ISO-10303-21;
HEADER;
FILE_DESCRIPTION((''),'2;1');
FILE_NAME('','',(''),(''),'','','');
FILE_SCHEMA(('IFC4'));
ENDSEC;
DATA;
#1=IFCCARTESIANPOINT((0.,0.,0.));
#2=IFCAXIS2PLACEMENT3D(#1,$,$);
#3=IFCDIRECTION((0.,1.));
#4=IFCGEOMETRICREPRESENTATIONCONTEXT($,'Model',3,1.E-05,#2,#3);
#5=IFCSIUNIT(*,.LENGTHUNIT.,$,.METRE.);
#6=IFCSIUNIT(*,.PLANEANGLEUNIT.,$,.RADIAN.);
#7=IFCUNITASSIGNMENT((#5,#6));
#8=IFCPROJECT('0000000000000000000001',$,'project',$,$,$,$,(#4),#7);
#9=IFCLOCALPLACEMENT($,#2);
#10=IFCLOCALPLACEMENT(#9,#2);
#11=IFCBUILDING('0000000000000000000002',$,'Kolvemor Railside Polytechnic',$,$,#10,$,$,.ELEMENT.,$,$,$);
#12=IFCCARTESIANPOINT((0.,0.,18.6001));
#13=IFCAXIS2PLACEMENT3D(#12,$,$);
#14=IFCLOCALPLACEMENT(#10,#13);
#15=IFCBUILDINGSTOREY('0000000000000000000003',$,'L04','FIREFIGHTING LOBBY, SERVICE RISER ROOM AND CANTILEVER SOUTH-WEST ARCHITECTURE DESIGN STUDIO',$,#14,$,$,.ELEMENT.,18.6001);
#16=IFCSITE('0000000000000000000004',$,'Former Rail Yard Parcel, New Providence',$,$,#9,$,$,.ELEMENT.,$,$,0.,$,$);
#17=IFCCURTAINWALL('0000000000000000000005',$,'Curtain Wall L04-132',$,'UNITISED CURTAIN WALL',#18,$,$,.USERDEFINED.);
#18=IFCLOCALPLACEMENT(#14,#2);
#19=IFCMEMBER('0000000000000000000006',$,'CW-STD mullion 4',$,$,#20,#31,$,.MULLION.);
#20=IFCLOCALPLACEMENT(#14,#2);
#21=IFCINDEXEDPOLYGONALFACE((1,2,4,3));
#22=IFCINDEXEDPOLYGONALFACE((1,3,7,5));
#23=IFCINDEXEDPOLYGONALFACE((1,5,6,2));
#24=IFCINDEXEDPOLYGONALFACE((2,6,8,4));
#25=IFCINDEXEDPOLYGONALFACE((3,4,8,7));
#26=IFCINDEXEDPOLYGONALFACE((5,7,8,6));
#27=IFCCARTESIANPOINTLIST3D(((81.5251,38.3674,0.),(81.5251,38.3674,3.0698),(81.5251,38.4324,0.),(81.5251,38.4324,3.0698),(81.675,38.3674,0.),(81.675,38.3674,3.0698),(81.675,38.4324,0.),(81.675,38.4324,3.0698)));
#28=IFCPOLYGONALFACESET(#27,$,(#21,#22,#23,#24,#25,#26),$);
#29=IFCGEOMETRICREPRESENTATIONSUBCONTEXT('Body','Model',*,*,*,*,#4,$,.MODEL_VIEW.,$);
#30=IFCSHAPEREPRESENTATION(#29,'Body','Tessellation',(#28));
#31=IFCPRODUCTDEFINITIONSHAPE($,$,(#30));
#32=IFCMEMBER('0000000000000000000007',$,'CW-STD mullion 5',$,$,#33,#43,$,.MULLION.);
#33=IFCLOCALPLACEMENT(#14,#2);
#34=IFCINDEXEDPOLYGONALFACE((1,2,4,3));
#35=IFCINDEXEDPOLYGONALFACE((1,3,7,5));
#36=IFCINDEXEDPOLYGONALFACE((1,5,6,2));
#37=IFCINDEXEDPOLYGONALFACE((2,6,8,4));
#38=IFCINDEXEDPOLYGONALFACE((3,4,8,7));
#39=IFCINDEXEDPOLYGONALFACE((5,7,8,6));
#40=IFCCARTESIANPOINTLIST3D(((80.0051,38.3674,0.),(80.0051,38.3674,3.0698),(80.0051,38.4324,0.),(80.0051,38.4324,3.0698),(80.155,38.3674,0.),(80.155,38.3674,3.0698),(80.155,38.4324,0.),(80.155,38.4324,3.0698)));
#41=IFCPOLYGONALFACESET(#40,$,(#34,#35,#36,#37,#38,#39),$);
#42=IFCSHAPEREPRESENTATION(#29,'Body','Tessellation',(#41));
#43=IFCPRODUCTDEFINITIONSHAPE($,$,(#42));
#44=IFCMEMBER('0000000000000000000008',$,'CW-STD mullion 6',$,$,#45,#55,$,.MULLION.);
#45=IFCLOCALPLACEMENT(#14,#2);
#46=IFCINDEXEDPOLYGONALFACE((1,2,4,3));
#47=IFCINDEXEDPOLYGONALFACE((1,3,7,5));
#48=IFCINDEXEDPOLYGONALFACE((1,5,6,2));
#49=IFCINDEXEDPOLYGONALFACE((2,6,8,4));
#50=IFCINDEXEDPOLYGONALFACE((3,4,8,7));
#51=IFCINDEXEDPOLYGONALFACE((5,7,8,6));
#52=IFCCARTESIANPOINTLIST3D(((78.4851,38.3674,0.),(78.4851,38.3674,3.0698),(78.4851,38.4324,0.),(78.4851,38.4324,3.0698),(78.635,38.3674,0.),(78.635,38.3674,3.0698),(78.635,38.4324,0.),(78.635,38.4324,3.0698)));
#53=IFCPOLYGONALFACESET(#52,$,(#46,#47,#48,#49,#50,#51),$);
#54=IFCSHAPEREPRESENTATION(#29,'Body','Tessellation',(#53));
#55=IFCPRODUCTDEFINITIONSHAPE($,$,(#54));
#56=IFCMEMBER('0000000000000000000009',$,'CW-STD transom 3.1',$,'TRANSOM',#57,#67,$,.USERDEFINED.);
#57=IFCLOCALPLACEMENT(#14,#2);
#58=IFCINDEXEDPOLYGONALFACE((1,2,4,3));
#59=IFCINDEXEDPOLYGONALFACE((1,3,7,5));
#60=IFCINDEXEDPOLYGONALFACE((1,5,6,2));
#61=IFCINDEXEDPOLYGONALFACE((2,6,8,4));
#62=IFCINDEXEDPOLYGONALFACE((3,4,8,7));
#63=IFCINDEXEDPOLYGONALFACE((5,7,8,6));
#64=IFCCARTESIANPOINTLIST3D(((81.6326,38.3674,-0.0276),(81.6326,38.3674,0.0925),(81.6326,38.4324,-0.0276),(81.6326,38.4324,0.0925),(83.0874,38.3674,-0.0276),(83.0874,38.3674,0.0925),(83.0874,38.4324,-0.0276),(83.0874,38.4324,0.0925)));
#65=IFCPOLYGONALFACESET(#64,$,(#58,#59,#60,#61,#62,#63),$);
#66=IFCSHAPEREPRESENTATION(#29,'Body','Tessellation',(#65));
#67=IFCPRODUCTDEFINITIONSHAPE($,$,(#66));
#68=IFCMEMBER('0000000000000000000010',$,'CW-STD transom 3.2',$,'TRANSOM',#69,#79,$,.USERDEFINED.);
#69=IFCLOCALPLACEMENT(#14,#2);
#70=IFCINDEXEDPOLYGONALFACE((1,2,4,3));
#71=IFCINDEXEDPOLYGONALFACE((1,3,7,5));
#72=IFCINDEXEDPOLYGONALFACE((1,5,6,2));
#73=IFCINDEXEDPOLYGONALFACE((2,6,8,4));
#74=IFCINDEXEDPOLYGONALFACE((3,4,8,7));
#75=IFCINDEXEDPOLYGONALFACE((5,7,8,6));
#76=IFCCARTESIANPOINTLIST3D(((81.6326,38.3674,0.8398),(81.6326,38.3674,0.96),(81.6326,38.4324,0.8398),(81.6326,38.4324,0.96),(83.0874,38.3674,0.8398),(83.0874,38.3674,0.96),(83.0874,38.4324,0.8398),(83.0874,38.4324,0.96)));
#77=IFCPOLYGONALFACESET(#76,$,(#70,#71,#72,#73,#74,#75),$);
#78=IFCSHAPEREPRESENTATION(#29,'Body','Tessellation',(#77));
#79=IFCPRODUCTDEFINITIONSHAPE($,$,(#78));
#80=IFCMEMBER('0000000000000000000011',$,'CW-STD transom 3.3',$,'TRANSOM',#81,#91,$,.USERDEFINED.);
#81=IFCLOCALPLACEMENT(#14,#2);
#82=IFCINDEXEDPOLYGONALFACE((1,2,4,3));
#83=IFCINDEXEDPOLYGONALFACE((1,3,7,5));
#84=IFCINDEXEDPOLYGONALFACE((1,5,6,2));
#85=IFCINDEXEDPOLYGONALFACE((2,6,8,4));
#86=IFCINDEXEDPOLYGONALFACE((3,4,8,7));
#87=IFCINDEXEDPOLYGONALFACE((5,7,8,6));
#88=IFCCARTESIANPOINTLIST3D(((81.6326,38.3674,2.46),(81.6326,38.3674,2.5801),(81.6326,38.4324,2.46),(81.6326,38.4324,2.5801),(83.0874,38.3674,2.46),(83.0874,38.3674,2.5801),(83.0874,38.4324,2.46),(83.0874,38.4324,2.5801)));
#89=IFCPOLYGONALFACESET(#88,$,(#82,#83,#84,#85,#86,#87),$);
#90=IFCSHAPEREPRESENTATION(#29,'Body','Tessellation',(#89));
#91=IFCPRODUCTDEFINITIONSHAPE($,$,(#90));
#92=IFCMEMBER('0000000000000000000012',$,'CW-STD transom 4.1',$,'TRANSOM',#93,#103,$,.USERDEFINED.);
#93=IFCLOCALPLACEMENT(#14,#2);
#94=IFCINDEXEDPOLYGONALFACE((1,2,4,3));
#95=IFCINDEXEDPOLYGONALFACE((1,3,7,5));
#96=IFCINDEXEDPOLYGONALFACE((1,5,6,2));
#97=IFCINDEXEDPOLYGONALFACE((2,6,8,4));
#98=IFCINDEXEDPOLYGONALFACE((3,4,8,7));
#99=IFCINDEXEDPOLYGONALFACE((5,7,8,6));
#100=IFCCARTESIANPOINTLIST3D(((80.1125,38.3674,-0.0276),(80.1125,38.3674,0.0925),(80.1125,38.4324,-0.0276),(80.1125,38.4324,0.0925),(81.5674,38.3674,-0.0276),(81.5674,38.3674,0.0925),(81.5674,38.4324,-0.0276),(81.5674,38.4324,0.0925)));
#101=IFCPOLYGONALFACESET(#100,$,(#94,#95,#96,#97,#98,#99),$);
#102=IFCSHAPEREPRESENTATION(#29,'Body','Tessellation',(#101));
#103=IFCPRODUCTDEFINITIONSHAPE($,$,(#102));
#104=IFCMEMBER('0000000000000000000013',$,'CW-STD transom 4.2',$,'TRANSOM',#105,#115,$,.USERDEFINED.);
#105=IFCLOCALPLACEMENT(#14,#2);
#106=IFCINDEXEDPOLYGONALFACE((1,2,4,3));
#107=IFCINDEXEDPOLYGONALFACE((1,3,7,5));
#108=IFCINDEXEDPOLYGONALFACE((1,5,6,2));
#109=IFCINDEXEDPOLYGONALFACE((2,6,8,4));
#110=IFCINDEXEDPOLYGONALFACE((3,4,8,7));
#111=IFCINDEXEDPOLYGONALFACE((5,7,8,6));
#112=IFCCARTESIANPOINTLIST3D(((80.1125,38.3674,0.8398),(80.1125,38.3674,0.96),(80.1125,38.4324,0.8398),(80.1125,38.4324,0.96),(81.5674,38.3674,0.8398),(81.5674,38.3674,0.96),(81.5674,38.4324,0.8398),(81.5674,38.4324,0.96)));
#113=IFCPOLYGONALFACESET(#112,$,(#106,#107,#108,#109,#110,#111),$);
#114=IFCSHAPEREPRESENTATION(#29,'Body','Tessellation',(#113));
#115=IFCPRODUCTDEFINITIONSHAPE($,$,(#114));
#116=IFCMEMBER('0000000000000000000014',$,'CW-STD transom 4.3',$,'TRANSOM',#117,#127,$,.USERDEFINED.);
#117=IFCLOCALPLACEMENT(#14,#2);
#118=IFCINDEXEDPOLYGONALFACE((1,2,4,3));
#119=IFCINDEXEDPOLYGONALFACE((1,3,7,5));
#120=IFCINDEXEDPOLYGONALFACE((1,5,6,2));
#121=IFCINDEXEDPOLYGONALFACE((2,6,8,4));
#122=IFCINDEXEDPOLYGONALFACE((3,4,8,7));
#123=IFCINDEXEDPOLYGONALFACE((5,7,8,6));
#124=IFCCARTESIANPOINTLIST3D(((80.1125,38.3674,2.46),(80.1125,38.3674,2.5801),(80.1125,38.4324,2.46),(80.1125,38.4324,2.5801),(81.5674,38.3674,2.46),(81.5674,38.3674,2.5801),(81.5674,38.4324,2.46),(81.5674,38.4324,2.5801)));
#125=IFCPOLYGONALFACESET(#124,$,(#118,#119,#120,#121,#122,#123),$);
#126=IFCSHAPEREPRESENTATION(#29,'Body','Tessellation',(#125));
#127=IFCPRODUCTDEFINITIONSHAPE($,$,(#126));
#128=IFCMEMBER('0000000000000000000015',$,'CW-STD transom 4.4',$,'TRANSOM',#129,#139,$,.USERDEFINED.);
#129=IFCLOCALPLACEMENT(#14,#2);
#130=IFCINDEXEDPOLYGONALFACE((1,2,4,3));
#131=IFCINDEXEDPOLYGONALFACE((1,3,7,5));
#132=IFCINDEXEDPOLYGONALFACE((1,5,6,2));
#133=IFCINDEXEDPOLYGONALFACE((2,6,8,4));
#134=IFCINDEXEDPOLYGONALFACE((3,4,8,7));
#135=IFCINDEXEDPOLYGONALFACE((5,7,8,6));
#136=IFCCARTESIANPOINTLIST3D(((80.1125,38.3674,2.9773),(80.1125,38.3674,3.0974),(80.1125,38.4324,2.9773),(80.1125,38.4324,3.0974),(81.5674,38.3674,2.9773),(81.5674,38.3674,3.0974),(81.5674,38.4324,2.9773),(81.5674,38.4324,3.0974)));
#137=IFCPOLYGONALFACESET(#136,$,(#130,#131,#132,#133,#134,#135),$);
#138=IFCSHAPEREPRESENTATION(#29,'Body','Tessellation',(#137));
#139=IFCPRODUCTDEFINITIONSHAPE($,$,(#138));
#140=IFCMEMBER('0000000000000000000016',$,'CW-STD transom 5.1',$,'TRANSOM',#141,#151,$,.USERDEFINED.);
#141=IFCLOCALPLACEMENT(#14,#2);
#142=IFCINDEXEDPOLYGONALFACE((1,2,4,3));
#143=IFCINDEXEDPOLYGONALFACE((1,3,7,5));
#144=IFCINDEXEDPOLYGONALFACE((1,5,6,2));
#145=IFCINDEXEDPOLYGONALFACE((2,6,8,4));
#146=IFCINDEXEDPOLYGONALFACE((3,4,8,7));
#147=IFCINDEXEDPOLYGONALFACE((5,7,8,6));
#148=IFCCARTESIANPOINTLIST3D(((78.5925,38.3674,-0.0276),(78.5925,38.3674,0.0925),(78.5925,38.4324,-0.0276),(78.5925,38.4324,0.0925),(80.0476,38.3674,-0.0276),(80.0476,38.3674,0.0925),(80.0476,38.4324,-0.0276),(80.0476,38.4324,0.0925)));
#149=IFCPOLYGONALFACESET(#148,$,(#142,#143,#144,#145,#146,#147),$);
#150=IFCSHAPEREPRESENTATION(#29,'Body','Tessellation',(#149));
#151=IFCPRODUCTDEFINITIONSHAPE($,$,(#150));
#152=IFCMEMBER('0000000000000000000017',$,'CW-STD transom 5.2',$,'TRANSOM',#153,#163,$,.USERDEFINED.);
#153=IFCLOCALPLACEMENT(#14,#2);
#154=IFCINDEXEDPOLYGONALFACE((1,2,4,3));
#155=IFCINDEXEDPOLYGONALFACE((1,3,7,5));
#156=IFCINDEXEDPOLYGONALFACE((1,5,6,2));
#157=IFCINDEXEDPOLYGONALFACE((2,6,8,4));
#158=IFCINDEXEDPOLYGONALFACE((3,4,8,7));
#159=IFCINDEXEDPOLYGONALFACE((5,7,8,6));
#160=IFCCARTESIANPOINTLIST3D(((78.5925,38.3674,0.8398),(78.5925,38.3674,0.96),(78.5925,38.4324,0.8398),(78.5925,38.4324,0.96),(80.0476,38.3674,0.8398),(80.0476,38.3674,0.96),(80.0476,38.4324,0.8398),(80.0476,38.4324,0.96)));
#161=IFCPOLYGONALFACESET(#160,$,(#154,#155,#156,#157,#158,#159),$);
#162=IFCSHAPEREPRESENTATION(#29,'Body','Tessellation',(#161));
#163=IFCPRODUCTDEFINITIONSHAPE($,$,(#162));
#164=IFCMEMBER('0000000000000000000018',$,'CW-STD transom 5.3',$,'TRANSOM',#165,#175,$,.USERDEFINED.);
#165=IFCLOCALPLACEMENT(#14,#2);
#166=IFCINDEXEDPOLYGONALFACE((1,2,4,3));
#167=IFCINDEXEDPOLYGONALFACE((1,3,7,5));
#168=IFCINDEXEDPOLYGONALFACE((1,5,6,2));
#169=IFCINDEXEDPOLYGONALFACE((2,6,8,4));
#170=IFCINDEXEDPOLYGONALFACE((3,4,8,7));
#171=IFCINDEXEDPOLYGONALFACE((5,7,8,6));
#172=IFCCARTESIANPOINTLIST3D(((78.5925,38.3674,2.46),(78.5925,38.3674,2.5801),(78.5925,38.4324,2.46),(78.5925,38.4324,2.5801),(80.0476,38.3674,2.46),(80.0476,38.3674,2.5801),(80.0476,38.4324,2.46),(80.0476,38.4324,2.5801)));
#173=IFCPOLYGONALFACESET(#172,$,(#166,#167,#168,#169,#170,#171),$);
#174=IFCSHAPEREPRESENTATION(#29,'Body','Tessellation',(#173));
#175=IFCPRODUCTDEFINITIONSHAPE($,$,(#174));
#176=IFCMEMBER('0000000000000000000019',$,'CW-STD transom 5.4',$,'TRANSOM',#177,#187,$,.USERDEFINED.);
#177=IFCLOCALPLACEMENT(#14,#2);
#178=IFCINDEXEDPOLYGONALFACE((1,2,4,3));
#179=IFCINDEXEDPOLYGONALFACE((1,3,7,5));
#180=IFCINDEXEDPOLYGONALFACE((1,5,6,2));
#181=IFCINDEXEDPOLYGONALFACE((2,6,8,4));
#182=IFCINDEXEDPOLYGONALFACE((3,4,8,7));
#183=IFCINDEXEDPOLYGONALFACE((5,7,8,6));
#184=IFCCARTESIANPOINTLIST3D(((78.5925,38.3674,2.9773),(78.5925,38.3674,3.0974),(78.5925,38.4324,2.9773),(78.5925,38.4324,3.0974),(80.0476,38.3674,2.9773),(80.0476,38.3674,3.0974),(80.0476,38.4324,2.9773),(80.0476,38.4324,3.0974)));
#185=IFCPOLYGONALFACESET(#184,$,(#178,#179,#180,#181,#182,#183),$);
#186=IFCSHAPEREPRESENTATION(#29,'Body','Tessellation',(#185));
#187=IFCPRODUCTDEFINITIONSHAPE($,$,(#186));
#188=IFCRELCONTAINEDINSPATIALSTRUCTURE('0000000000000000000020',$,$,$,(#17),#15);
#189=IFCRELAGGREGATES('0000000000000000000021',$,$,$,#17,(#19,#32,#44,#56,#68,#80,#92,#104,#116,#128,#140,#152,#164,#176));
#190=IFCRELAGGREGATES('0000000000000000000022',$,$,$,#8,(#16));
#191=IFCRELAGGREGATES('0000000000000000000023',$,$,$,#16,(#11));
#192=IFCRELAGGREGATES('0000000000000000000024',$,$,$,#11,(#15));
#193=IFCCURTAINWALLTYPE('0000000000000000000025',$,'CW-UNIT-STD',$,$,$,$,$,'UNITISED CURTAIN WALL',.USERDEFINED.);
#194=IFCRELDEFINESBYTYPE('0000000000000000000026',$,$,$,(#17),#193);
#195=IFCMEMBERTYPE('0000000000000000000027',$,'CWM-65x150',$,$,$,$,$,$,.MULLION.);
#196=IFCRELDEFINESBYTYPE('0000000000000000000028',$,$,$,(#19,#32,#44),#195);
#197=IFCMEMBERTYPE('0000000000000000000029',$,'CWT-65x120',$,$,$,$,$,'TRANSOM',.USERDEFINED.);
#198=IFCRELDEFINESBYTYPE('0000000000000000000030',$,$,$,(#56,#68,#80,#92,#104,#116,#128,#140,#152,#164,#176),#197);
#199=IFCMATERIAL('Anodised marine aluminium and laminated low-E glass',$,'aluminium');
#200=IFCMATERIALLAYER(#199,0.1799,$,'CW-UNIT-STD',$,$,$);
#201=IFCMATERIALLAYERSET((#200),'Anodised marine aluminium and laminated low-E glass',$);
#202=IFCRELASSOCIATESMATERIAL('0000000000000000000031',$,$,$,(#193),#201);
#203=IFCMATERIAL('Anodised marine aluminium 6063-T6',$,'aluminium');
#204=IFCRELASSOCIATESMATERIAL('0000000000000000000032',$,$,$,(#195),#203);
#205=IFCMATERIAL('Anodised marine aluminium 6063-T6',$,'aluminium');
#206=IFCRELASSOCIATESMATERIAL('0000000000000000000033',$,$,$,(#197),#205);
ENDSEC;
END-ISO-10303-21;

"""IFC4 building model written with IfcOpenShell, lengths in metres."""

from ifc_helpers import new_model, si_unit, direction, frame, origin, origin_2d, place, context, subcontext, project, spatial, rectangle, extrude, material, layer, layer_set, material_profile, profile_set, type_object, element, aggregate, save


model = new_model("IFC4")

# Units and contexts
model_context = context("Model", 3, precision=1e-05, world=origin(), true_north=direction((0.0, 1.0)))
body_context = subcontext(model_context, "Body", "Model", "MODEL_VIEW")
ifc_project = project(units=[si_unit("LENGTHUNIT", "METRE"), si_unit("PLANEANGLEUNIT", "RADIAN")], contexts=[model_context])

# Site, building, storey
site_placement = place(None, origin())
site = spatial("IfcSite", under=ifc_project, at=site_placement, Name="Former Rail Yard Parcel, New Providence", CompositionType="ELEMENT", RefElevation=0.0)
building_placement = place(site_placement, origin())
building = spatial("IfcBuilding", under=site, at=building_placement, Name="Kolvemor Railside Polytechnic", CompositionType="ELEMENT")
storey_placement = place(building_placement, frame((0.0, 0.0, 18.6001)))
storey = spatial("IfcBuildingStorey", under=building, at=storey_placement, Name="L04", Description="FIREFIGHTING LOBBY, SERVICE RISER ROOM AND CANTILEVER SOUTH-WEST ARCHITECTURE DESIGN STUDIO", CompositionType="ELEMENT", Elevation=18.6001)

# Curtain wall, members
ifc_material_1 = material(Name="Anodised marine aluminium and laminated low-E glass", Category="aluminium")
ifc_layer_1 = layer(ifc_material_1, 0.1799, Name="CW-UNIT-STD")
ifc_layer_set_1 = layer_set([ifc_layer_1], Name="Anodised marine aluminium and laminated low-E glass")
curtain_wall_type = type_object("IfcCurtainWallType", Name="CW-UNIT-STD", ElementType="UNITISED CURTAIN WALL", PredefinedType="USERDEFINED", material=ifc_layer_set_1)
curtain_wall_placement = place(storey_placement, origin())
curtain_wall = element("IfcCurtainWall", 1, at=curtain_wall_placement, inside=storey, type_object=curtain_wall_type, Name="Curtain Wall L04-132", ObjectType="UNITISED CURTAIN WALL", PredefinedType="USERDEFINED")
ifc_material_2 = material(Name="Anodised marine aluminium 6063-T6", Category="aluminium")
ifc_material_profile_1 = material_profile(ifc_material_2, rectangle(XDim=0.0649, YDim=0.1499, at=origin_2d()), Name="CW-MUL-65x150")
ifc_profile_set_1 = profile_set([ifc_material_profile_1], Name="Anodised marine aluminium 6063-T6")
member_type_1 = type_object("IfcMemberType", Name="CWM-65x150", PredefinedType="MULLION", material=ifc_profile_set_1)
member_1_placement = place(storey_placement, frame((81.6001, 38.3999, 0.0), z_axis=(0.0, 0.0, 1.0), x_axis=(0.0, -1.0, 0.0)))
member_1 = element("IfcMember", 2, at=member_1_placement, type_object=member_type_1, Name="CW-STD mullion 4", PredefinedType="MULLION", context=body_context, shape_type="SweptSolid", body=[
    extrude(rectangle(XDim=0.0649, YDim=0.1499, at=origin_2d()), origin(), (0.0, 0.0, 1.0), 3.0698),
])
member_2_placement = place(storey_placement, frame((80.0801, 38.3999, 0.0), z_axis=(0.0, 0.0, 1.0), x_axis=(0.0, -1.0, 0.0)))
member_2 = element("IfcMember", 3, at=member_2_placement, type_object=member_type_1, Name="CW-STD mullion 5", PredefinedType="MULLION", context=body_context, shape_type="SweptSolid", body=[
    extrude(rectangle(XDim=0.0649, YDim=0.1499, at=origin_2d()), origin(), (0.0, 0.0, 1.0), 3.0698),
])
member_3_placement = place(storey_placement, frame((78.5601, 38.3999, 0.0), z_axis=(0.0, 0.0, 1.0), x_axis=(0.0, -1.0, 0.0)))
member_3 = element("IfcMember", 4, at=member_3_placement, type_object=member_type_1, Name="CW-STD mullion 6", PredefinedType="MULLION", context=body_context, shape_type="SweptSolid", body=[
    extrude(rectangle(XDim=0.0649, YDim=0.1499, at=origin_2d()), origin(), (0.0, 0.0, 1.0), 3.0698),
])
ifc_material_3 = material(Name="Anodised marine aluminium 6063-T6", Category="aluminium")
ifc_material_profile_2 = material_profile(ifc_material_3, rectangle(XDim=0.0649, YDim=0.1201, at=origin_2d()), Name="CW-TRN-65x120")
ifc_profile_set_2 = profile_set([ifc_material_profile_2], Name="Anodised marine aluminium 6063-T6")
member_type_2 = type_object("IfcMemberType", Name="CWT-65x120", ElementType="TRANSOM", PredefinedType="USERDEFINED", material=ifc_profile_set_2)
member_4_placement = place(storey_placement, frame((83.0874, 38.3999, 0.0325), z_axis=(-1.0, 0.0, 0.0), x_axis=(0.0, -1.0, 0.0)))
member_4 = element("IfcMember", 5, at=member_4_placement, type_object=member_type_2, Name="CW-STD transom 3.1", ObjectType="TRANSOM", PredefinedType="USERDEFINED", context=body_context, shape_type="SweptSolid", body=[
    extrude(rectangle(XDim=0.0649, YDim=0.1201, at=origin_2d()), origin(), (0.0, 0.0, 1.0), 1.4548),
])
member_5_placement = place(storey_placement, frame((83.0874, 38.3999, 0.8999), z_axis=(-1.0, 0.0, 0.0), x_axis=(0.0, -1.0, 0.0)))
member_5 = element("IfcMember", 6, at=member_5_placement, type_object=member_type_2, Name="CW-STD transom 3.2", ObjectType="TRANSOM", PredefinedType="USERDEFINED", context=body_context, shape_type="SweptSolid", body=[
    extrude(rectangle(XDim=0.0649, YDim=0.1201, at=origin_2d()), origin(), (0.0, 0.0, 1.0), 1.4548),
])
member_6_placement = place(storey_placement, frame((83.0874, 38.3999, 2.52), z_axis=(-1.0, 0.0, 0.0), x_axis=(0.0, -1.0, 0.0)))
member_6 = element("IfcMember", 7, at=member_6_placement, type_object=member_type_2, Name="CW-STD transom 3.3", ObjectType="TRANSOM", PredefinedType="USERDEFINED", context=body_context, shape_type="SweptSolid", body=[
    extrude(rectangle(XDim=0.0649, YDim=0.1201, at=origin_2d()), origin(), (0.0, 0.0, 1.0), 1.4548),
])
member_7_placement = place(storey_placement, frame((81.5674, 38.3999, 0.0325), z_axis=(-1.0, 0.0, 0.0), x_axis=(0.0, -1.0, 0.0)))
member_7 = element("IfcMember", 8, at=member_7_placement, type_object=member_type_2, Name="CW-STD transom 4.1", ObjectType="TRANSOM", PredefinedType="USERDEFINED", context=body_context, shape_type="SweptSolid", body=[
    extrude(rectangle(XDim=0.0649, YDim=0.1201, at=origin_2d()), origin(), (0.0, 0.0, 1.0), 1.4548),
])
member_8_placement = place(storey_placement, frame((81.5674, 38.3999, 0.8999), z_axis=(-1.0, 0.0, 0.0), x_axis=(0.0, -1.0, 0.0)))
member_8 = element("IfcMember", 9, at=member_8_placement, type_object=member_type_2, Name="CW-STD transom 4.2", ObjectType="TRANSOM", PredefinedType="USERDEFINED", context=body_context, shape_type="SweptSolid", body=[
    extrude(rectangle(XDim=0.0649, YDim=0.1201, at=origin_2d()), origin(), (0.0, 0.0, 1.0), 1.4548),
])
member_9_placement = place(storey_placement, frame((81.5674, 38.3999, 2.52), z_axis=(-1.0, 0.0, 0.0), x_axis=(0.0, -1.0, 0.0)))
member_9 = element("IfcMember", 10, at=member_9_placement, type_object=member_type_2, Name="CW-STD transom 4.3", ObjectType="TRANSOM", PredefinedType="USERDEFINED", context=body_context, shape_type="SweptSolid", body=[
    extrude(rectangle(XDim=0.0649, YDim=0.1201, at=origin_2d()), origin(), (0.0, 0.0, 1.0), 1.4548),
])
member_10_placement = place(storey_placement, frame((81.5674, 38.3999, 3.0374), z_axis=(-1.0, 0.0, 0.0), x_axis=(0.0, -1.0, 0.0)))
member_10 = element("IfcMember", 11, at=member_10_placement, type_object=member_type_2, Name="CW-STD transom 4.4", ObjectType="TRANSOM", PredefinedType="USERDEFINED", context=body_context, shape_type="SweptSolid", body=[
    extrude(rectangle(XDim=0.0649, YDim=0.1201, at=origin_2d()), origin(), (0.0, 0.0, 1.0), 1.4548),
])
member_11_placement = place(storey_placement, frame((80.0476, 38.3999, 0.0325), z_axis=(-1.0, 0.0, 0.0), x_axis=(0.0, -1.0, 0.0)))
member_11 = element("IfcMember", 12, at=member_11_placement, type_object=member_type_2, Name="CW-STD transom 5.1", ObjectType="TRANSOM", PredefinedType="USERDEFINED", context=body_context, shape_type="SweptSolid", body=[
    extrude(rectangle(XDim=0.0649, YDim=0.1201, at=origin_2d()), origin(), (0.0, 0.0, 1.0), 1.4551),
])
member_12_placement = place(storey_placement, frame((80.0476, 38.3999, 0.8999), z_axis=(-1.0, 0.0, 0.0), x_axis=(0.0, -1.0, 0.0)))
member_12 = element("IfcMember", 13, at=member_12_placement, type_object=member_type_2, Name="CW-STD transom 5.2", ObjectType="TRANSOM", PredefinedType="USERDEFINED", context=body_context, shape_type="SweptSolid", body=[
    extrude(rectangle(XDim=0.0649, YDim=0.1201, at=origin_2d()), origin(), (0.0, 0.0, 1.0), 1.4551),
])
member_13_placement = place(storey_placement, frame((80.0476, 38.3999, 2.52), z_axis=(-1.0, 0.0, 0.0), x_axis=(0.0, -1.0, 0.0)))
member_13 = element("IfcMember", 14, at=member_13_placement, type_object=member_type_2, Name="CW-STD transom 5.3", ObjectType="TRANSOM", PredefinedType="USERDEFINED", context=body_context, shape_type="SweptSolid", body=[
    extrude(rectangle(XDim=0.0649, YDim=0.1201, at=origin_2d()), origin(), (0.0, 0.0, 1.0), 1.4551),
])
member_14_placement = place(storey_placement, frame((80.0476, 38.3999, 3.0374), z_axis=(-1.0, 0.0, 0.0), x_axis=(0.0, -1.0, 0.0)))
member_14 = element("IfcMember", 15, at=member_14_placement, type_object=member_type_2, Name="CW-STD transom 5.4", ObjectType="TRANSOM", PredefinedType="USERDEFINED", context=body_context, shape_type="SweptSolid", body=[
    extrude(rectangle(XDim=0.0649, YDim=0.1201, at=origin_2d()), origin(), (0.0, 0.0, 1.0), 1.4551),
])
aggregate(curtain_wall, [member_1, member_2, member_3, member_4, member_5, member_6, member_7, member_8, member_9, member_10, member_11, member_12, member_13, member_14])

save(model, "model.ifc")
